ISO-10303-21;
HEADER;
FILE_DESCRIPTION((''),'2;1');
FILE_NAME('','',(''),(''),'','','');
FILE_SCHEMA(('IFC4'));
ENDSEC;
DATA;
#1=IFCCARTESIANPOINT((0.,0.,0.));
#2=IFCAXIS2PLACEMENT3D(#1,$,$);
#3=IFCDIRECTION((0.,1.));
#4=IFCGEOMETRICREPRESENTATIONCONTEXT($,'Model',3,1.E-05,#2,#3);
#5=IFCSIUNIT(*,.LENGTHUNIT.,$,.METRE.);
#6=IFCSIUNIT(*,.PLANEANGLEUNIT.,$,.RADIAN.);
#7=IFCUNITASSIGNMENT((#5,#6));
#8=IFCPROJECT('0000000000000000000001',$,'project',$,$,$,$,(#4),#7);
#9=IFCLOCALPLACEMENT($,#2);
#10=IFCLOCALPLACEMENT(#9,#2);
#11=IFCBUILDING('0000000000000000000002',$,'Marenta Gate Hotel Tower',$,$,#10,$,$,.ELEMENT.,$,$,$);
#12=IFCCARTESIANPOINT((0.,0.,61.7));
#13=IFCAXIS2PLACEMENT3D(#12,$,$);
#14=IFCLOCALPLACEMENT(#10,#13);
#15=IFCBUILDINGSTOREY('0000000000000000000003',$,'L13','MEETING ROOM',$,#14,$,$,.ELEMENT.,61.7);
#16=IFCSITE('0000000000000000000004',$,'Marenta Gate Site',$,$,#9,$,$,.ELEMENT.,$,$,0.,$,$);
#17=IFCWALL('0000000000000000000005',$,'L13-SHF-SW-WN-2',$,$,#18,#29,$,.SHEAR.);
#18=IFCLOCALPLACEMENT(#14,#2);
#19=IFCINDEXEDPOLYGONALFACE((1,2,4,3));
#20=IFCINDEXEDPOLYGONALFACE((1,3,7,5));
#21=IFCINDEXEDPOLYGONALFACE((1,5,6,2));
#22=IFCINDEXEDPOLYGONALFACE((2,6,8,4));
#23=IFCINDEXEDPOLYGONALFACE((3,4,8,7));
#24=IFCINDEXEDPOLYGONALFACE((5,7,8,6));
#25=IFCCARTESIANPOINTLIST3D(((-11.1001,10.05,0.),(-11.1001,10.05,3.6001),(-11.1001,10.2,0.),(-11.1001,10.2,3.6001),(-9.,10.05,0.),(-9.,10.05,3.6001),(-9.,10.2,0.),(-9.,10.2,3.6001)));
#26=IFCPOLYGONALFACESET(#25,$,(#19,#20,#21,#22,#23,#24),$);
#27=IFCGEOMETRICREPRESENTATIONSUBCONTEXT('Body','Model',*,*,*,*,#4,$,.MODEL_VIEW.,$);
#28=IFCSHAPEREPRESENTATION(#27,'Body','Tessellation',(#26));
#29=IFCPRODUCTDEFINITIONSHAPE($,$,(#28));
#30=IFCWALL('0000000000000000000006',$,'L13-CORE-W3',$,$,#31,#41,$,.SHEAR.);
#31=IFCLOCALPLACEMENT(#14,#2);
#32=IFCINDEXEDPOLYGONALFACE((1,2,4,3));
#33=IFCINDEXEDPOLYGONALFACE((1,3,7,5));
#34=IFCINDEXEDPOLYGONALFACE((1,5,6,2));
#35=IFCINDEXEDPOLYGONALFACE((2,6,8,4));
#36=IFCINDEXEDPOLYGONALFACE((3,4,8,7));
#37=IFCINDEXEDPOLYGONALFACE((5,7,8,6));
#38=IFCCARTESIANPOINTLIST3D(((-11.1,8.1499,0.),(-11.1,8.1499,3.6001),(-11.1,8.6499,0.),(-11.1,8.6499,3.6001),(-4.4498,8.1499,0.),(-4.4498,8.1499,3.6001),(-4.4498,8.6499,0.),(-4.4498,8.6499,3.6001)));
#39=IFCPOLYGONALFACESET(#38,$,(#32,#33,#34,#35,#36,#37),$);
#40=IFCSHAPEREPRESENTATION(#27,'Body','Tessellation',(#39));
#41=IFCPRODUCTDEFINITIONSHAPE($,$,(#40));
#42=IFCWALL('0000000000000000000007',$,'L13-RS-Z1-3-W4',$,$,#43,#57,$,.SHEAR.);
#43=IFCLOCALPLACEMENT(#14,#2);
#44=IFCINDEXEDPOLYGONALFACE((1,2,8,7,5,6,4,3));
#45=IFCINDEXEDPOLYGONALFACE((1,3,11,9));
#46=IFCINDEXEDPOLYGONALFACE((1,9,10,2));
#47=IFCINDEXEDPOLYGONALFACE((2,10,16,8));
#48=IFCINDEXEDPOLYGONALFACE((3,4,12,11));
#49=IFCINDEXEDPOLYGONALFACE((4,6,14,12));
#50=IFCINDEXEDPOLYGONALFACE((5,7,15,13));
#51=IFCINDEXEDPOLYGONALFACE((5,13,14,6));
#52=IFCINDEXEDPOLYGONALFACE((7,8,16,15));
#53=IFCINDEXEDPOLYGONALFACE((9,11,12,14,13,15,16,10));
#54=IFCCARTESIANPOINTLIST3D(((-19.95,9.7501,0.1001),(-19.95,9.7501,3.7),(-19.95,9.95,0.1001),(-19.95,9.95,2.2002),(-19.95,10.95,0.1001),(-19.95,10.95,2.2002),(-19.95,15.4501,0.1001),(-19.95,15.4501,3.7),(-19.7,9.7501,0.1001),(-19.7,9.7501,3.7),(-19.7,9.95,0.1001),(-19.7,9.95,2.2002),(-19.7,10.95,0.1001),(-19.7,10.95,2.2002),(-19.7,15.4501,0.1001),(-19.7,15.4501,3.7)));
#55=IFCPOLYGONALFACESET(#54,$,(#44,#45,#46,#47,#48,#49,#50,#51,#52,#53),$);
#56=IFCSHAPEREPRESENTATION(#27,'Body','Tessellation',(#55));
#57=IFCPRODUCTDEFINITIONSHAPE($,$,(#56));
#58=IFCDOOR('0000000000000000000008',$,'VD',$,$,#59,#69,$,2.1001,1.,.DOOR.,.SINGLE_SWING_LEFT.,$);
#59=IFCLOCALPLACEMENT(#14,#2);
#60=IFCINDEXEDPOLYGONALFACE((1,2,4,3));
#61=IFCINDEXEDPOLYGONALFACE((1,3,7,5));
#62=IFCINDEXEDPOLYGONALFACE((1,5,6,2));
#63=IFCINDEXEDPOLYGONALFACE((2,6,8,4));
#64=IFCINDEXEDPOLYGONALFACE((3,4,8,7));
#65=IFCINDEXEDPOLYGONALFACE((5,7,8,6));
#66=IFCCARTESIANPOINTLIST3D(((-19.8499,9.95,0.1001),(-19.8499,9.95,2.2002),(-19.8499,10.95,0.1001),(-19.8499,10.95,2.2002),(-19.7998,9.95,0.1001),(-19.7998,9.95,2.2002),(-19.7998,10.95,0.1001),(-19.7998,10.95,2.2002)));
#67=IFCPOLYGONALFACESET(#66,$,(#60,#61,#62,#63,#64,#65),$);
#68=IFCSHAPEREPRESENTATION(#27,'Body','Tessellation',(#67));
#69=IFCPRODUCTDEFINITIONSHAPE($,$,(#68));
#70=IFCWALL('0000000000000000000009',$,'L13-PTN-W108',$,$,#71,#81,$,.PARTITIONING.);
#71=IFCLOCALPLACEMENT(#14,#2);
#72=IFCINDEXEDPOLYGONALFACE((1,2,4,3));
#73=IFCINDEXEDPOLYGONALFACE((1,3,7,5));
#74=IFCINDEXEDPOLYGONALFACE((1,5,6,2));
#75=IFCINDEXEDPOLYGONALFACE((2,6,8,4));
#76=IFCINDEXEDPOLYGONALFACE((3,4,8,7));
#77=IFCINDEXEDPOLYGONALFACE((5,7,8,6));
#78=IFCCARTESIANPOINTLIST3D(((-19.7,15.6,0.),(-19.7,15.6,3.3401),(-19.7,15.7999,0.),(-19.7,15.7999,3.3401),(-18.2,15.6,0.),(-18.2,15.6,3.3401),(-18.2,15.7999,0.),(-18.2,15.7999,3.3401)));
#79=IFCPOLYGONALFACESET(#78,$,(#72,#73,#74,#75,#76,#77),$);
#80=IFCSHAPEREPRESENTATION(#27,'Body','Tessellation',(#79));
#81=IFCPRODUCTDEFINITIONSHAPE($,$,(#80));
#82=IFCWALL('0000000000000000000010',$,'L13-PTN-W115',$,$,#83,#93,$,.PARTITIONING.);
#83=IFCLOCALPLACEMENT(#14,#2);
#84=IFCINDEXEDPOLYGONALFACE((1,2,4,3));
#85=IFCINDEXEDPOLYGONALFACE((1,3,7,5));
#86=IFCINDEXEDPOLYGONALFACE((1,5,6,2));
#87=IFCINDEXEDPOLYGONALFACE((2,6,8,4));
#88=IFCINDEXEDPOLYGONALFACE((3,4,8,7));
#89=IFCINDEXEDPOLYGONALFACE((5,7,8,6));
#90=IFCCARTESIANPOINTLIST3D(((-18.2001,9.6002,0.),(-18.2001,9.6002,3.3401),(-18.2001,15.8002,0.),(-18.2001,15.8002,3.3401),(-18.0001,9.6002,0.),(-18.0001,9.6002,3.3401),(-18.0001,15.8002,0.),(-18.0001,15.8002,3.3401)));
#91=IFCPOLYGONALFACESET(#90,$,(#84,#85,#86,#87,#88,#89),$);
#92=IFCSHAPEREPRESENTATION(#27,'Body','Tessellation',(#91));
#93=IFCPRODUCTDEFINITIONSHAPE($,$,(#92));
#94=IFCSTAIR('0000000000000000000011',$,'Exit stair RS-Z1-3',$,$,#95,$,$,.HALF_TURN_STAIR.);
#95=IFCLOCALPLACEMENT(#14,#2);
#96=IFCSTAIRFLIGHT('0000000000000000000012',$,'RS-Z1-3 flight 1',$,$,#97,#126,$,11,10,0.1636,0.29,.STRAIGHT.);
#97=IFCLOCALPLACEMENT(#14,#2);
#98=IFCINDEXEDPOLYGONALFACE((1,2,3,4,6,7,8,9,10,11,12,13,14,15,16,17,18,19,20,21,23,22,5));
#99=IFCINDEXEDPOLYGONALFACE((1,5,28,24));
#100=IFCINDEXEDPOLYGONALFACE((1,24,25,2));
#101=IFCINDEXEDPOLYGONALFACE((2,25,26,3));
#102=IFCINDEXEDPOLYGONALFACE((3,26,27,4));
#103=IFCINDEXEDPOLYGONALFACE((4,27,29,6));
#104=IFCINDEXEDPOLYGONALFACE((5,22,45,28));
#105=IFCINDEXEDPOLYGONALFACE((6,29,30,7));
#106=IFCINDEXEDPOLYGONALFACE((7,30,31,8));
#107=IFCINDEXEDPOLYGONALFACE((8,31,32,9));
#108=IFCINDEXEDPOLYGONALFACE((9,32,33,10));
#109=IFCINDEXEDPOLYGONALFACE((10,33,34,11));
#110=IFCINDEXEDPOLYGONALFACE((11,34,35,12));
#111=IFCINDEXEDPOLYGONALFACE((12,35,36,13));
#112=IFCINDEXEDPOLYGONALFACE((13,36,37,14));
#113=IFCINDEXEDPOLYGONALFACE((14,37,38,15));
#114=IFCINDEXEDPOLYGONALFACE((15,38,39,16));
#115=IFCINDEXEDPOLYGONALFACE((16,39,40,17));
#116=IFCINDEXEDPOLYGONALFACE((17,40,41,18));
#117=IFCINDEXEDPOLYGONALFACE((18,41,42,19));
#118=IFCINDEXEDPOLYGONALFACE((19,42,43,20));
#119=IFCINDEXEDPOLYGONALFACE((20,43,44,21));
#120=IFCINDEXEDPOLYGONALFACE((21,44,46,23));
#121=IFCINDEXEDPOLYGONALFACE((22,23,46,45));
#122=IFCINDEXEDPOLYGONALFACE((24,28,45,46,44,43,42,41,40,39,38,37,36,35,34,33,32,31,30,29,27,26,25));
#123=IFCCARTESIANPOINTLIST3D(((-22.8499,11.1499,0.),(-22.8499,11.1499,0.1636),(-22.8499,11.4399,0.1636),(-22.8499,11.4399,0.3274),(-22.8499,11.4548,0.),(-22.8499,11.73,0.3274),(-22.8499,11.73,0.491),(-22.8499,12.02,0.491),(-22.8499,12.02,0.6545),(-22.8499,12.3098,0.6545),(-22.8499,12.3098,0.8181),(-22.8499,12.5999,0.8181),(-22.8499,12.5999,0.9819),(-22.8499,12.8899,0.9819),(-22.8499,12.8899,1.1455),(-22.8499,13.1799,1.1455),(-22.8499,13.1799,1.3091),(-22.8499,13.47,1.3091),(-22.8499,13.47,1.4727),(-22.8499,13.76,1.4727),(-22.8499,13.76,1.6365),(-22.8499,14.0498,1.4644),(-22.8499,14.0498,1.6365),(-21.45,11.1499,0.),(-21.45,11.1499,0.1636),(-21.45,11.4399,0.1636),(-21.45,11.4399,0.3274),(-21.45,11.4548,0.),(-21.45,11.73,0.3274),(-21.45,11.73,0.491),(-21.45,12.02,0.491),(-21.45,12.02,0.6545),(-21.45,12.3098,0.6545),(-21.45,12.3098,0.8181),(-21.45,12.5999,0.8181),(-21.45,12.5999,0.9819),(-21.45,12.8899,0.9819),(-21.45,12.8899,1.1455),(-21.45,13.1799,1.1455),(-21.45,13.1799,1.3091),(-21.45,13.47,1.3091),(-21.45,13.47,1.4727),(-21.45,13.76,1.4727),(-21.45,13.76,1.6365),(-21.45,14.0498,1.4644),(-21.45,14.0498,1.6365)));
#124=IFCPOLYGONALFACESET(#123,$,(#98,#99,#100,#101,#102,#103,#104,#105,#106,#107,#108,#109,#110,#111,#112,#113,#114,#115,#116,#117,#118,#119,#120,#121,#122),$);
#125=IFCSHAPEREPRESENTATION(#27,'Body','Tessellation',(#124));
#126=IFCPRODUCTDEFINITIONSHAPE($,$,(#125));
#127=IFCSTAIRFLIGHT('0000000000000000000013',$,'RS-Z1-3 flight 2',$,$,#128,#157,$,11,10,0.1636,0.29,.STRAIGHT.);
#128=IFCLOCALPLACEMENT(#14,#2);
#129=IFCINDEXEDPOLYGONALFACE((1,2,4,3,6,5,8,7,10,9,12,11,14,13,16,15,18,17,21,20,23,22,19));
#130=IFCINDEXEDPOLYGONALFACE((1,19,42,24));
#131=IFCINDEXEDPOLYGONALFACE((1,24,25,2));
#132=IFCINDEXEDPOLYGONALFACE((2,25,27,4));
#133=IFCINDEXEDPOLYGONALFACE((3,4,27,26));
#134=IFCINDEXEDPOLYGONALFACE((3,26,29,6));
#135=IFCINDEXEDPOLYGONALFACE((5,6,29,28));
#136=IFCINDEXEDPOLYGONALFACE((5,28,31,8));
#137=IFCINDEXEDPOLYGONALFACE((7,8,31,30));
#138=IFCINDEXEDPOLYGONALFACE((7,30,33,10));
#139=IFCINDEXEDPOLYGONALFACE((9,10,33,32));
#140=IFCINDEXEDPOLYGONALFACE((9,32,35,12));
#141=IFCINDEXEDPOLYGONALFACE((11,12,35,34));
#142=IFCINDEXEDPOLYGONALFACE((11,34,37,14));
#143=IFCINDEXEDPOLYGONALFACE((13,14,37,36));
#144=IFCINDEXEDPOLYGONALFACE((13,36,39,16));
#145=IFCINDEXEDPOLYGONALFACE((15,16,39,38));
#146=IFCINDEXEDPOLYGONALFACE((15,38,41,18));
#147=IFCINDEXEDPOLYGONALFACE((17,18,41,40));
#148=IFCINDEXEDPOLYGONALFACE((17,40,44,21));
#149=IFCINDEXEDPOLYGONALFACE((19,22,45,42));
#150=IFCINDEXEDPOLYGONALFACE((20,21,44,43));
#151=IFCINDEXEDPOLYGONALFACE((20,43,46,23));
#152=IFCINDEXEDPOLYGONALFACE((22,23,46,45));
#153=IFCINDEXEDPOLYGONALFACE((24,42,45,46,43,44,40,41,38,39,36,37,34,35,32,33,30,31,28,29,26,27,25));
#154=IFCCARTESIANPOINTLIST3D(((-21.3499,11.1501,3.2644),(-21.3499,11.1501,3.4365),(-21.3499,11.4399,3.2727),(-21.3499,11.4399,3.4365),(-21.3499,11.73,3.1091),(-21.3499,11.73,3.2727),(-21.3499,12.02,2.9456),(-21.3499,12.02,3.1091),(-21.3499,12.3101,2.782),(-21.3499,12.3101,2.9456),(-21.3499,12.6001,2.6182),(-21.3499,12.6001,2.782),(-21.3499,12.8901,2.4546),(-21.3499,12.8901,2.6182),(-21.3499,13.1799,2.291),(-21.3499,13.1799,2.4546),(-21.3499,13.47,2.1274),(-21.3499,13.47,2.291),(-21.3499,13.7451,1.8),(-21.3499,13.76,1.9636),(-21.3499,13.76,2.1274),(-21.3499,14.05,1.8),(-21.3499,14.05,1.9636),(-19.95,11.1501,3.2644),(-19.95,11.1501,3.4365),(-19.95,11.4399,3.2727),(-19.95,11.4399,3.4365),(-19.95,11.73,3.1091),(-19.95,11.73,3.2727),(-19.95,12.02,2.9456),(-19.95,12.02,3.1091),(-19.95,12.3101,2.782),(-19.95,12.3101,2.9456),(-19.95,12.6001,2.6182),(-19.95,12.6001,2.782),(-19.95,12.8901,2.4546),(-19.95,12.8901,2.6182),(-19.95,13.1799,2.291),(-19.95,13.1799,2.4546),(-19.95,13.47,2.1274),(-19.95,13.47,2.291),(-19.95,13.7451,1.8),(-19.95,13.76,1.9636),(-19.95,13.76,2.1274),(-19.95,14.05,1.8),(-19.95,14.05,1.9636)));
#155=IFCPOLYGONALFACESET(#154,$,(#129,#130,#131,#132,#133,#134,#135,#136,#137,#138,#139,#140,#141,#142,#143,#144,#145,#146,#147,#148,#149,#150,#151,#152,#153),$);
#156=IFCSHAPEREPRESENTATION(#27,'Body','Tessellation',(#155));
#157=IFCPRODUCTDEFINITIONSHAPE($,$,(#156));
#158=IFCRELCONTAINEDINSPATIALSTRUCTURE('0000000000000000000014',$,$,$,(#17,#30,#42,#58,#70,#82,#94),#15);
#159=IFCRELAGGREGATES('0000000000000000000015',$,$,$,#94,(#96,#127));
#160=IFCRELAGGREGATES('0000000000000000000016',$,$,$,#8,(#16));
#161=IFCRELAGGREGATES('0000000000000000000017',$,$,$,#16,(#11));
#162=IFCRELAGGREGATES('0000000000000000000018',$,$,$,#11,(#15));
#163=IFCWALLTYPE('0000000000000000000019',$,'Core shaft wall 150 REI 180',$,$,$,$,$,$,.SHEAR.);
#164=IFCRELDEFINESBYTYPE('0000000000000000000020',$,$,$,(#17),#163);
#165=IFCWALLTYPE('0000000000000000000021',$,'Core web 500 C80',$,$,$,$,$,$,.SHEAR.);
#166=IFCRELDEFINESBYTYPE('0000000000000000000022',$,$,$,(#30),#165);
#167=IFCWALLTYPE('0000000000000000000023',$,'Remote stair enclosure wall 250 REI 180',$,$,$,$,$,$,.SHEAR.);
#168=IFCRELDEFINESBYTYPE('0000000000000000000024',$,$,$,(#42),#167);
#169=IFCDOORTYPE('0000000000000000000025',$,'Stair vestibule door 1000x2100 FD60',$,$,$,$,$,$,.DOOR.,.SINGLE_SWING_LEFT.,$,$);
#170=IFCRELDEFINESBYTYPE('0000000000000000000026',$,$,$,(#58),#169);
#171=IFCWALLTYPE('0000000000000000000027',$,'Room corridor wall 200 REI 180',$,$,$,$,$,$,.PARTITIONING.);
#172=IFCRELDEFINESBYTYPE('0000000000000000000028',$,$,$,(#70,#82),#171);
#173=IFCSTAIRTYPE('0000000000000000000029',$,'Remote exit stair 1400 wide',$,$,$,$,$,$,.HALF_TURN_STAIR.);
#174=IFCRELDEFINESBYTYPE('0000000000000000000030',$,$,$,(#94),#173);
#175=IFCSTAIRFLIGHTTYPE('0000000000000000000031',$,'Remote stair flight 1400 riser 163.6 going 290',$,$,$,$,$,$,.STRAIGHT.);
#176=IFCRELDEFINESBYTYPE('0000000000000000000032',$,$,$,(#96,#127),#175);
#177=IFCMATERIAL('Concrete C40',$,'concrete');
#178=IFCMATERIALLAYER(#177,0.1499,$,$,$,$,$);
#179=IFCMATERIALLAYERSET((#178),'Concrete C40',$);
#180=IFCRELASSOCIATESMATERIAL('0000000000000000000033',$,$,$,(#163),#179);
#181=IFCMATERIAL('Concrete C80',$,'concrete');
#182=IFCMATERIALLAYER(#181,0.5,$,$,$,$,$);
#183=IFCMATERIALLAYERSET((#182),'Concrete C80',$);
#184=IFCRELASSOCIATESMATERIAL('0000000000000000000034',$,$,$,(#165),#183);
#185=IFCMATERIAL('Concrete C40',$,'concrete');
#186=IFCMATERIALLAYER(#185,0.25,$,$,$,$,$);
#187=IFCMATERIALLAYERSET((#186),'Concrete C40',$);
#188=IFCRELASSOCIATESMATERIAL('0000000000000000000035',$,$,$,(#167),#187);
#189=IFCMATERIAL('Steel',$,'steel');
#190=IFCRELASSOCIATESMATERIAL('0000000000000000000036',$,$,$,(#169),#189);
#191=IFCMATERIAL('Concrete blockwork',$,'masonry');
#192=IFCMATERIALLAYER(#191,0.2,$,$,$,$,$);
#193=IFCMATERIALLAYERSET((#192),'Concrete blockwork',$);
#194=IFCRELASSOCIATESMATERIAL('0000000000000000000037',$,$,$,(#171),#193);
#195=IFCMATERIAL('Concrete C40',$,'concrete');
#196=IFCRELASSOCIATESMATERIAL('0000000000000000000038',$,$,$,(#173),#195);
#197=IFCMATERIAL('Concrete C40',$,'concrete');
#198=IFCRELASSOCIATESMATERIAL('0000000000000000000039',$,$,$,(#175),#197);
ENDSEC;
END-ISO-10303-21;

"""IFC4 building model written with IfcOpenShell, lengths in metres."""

from ifc_helpers import new_model, si_unit, direction, frame, frame_2d, origin, place, context, subcontext, project, spatial, polyline, rectangle, outline, extrude, material, layer, layer_set, type_object, element, fill, aggregate, save


model = new_model("IFC4")

# Units and contexts
model_context = context("Model", 3, precision=1e-05, world=origin(), true_north=direction((0.0, 1.0)))
body_context = subcontext(model_context, "Body", "Model", "MODEL_VIEW")
ifc_project = project(units=[si_unit("LENGTHUNIT", "METRE"), si_unit("PLANEANGLEUNIT", "RADIAN")], contexts=[model_context])

# Site, building, storey
site_placement = place(None, origin())
site = spatial("IfcSite", under=ifc_project, at=site_placement, Name="Marenta Gate Site", CompositionType="ELEMENT", RefElevation=0.0)
building_placement = place(site_placement, origin())
building = spatial("IfcBuilding", under=site, at=building_placement, Name="Marenta Gate Hotel Tower", CompositionType="ELEMENT")
storey_placement = place(building_placement, frame((0.0, 0.0, 61.7)))
storey = spatial("IfcBuildingStorey", under=building, at=storey_placement, Name="L13", Description="MEETING ROOM", CompositionType="ELEMENT", Elevation=61.7)

# Walls
ifc_material_1 = material(Name="Concrete C40", Category="concrete")
ifc_layer_1 = layer(ifc_material_1, 0.1499)
ifc_layer_set_1 = layer_set([ifc_layer_1], Name="Concrete C40")
wall_type_1 = type_object("IfcWallType", Name="Core shaft wall 150 REI 180", PredefinedType="SHEAR", material=ifc_layer_set_1)
for number, where, z_axis, x_axis, name in (
    (1, (-11.1001, 10.125, 0.0), (0.0, 0.0, 1.0), (1.0, 0.0, 0.0), "L13-SHF-SW-WN-2"),
):
    element("IfcWall", number, at=place(storey_placement, frame(where, z_axis=z_axis, x_axis=x_axis)), inside=storey, type_object=wall_type_1, Name=name, PredefinedType="SHEAR", context=body_context, shape_type="SweptSolid", body=[
        extrude(rectangle(XDim=2.1001, YDim=0.1499, at=frame_2d((1.05, 0.0))), origin(), (0.0, 0.0, 1.0), 3.6001),
    ])
ifc_material_2 = material(Name="Concrete C80", Category="concrete")
ifc_layer_2 = layer(ifc_material_2, 0.5)
ifc_layer_set_2 = layer_set([ifc_layer_2], Name="Concrete C80")
wall_type_2 = type_object("IfcWallType", Name="Core web 500 C80", PredefinedType="SHEAR", material=ifc_layer_set_2)
wall_1_placement = place(storey_placement, frame((-11.1001, 8.3999, 0.0), z_axis=(0.0, 0.0, 1.0), x_axis=(1.0, 0.0, 0.0)))
element("IfcWall", 2, at=wall_1_placement, inside=storey, type_object=wall_type_2, Name="L13-CORE-W3", PredefinedType="SHEAR", context=body_context, shape_type="SweptSolid", body=[
    extrude(rectangle(XDim=6.6501, YDim=0.5, at=frame_2d((3.3252, 0.0))), origin(), (0.0, 0.0, 1.0), 3.6001),
])

# Wall, opening, door
ifc_material_3 = material(Name="Concrete C40", Category="concrete")
ifc_layer_3 = layer(ifc_material_3, 0.25)
ifc_layer_set_3 = layer_set([ifc_layer_3], Name="Concrete C40")
wall_type_3 = type_object("IfcWallType", Name="Remote stair enclosure wall 250 REI 180", PredefinedType="SHEAR", material=ifc_layer_set_3)
wall_2_placement = place(storey_placement, frame((-19.825, 9.75, 0.1001), z_axis=(0.0, 0.0, 1.0), x_axis=(0.0, 1.0, 0.0)))
wall_2 = element("IfcWall", 3, at=wall_2_placement, inside=storey, type_object=wall_type_3, Name="L13-RS-Z1-3-W4", PredefinedType="SHEAR", context=body_context, shape_type="SweptSolid", body=[
    extrude(rectangle(XDim=5.7, YDim=0.25, at=frame_2d((2.8501, 0.0))), origin(), (0.0, 0.0, 1.0), 3.5999),
])
opening_1_placement = place(wall_2_placement, frame((0.2, 0.0, 0.0)))
opening_1 = element("IfcOpeningElement", 4, at=opening_1_placement, cuts=wall_2, PredefinedType="OPENING", context=body_context, shape_type="SweptSolid", body=[
    extrude(rectangle(XDim=1.0, YDim=2.1001, at=frame_2d((0.5, 1.05))), frame((0.0, 0.125, 0.0), z_axis=(0.0, -1.0, 0.0), x_axis=(1.0, 0.0, 0.0)), (0.0, 0.0, 1.0), 0.25),
])
ifc_material_4 = material(Name="Steel", Category="steel")
door_type_1 = type_object("IfcDoorType", Name="Stair vestibule door 1000x2100 FD60", OperationType="SINGLE_SWING_LEFT", PredefinedType="DOOR", material=ifc_material_4)
door_1_placement = place(opening_1_placement, origin())
door_1 = element("IfcDoor", 5, at=door_1_placement, inside=storey, type_object=door_type_1, Name="VD", OperationType="SINGLE_SWING_LEFT", OverallHeight=2.1001, OverallWidth=1.0, PredefinedType="DOOR", context=body_context, shape_type="SweptSolid", body=[
    extrude(rectangle(XDim=1.0, YDim=2.1001, at=frame_2d((0.5, 1.05))), frame((0.0, 0.0249, 0.0), z_axis=(0.0, -1.0, 0.0), x_axis=(1.0, 0.0, 0.0)), (0.0, 0.0, 1.0), 0.05),
])
fill(opening_1, door_1)

# Shared definitions
ifc_material_5 = material(Name="Concrete blockwork", Category="masonry")
ifc_layer_4 = layer(ifc_material_5, 0.2)
ifc_layer_set_4 = layer_set([ifc_layer_4], Name="Concrete blockwork")
wall_type_4 = type_object("IfcWallType", Name="Room corridor wall 200 REI 180", PredefinedType="PARTITIONING", material=ifc_layer_set_4)

# Walls
wall_3_placement = place(storey_placement, frame((-19.7, 15.7, 0.0), z_axis=(0.0, 0.0, 1.0), x_axis=(1.0, 0.0, 0.0)))
element("IfcWall", 6, at=wall_3_placement, inside=storey, type_object=wall_type_4, Name="L13-PTN-W108", PredefinedType="PARTITIONING", context=body_context, shape_type="SweptSolid", body=[
    extrude(rectangle(XDim=1.5, YDim=0.2, at=frame_2d((0.75, 0.0))), origin(), (0.0, 0.0, 1.0), 3.3401),
])
wall_4_placement = place(storey_placement, frame((-18.1001, 9.6001, 0.0), z_axis=(0.0, 0.0, 1.0), x_axis=(0.0, 1.0, 0.0)))
element("IfcWall", 7, at=wall_4_placement, inside=storey, type_object=wall_type_4, Name="L13-PTN-W115", PredefinedType="PARTITIONING", context=body_context, shape_type="SweptSolid", body=[
    extrude(rectangle(XDim=6.2, YDim=0.2, at=frame_2d((3.1001, 0.0))), origin(), (0.0, 0.0, 1.0), 3.3401),
])

# Stair, stair flights
ifc_material_6 = material(Name="Concrete C40", Category="concrete")
stair_type = type_object("IfcStairType", Name="Remote exit stair 1400 wide", PredefinedType="HALF_TURN_STAIR", material=ifc_material_6)
stair_placement = place(storey_placement, origin())
stair = element("IfcStair", 8, at=stair_placement, inside=storey, type_object=stair_type, Name="Exit stair RS-Z1-3", PredefinedType="HALF_TURN_STAIR")
ifc_material_7 = material(Name="Concrete C40", Category="concrete")
stair_flight_type = type_object("IfcStairFlightType", Name="Remote stair flight 1400 riser 163.6 going 290", PredefinedType="STRAIGHT", material=ifc_material_7)
stair_flight_1_placement = place(storey_placement, frame((-22.1499, 11.1499, 0.0), z_axis=(0.0, 0.0, 1.0), x_axis=(0.0, 1.0, 0.0)))
stair_flight_1 = element("IfcStairFlight", 9, at=stair_flight_1_placement, type_object=stair_flight_type, Name="RS-Z1-3 flight 1", NumberOfRisers=11, NumberOfTreads=10, PredefinedType="STRAIGHT", RiserHeight=0.1636, TreadLength=0.29, context=body_context, shape_type="SweptSolid", body=[
    extrude(outline(polyline([(0.0, 0.0), (0.0, 0.1636), (0.29, 0.1636), (0.29, 0.3274), (0.5801, 0.3274), (0.5801, 0.491), (0.8701, 0.491), (0.8701, 0.6545), (1.1599, 0.6545), (1.1599, 0.8181), (1.45, 0.8181), (1.45, 0.9819), (1.74, 0.9819), (1.74, 1.1455), (2.03, 1.1455), (2.03, 1.3091), (2.3201, 1.3091), (2.3201, 1.4727), (2.6101, 1.4727), (2.6101, 1.6365), (2.8999, 1.6365), (2.8999, 1.8), (2.8999, 1.4644), (0.3049, 0.0), (0.0, 0.0)])), frame((0.0, 0.7, 0.0), z_axis=(0.0, -1.0, 0.0), x_axis=(1.0, 0.0, 0.0)), (0.0, 0.0, 1.0), 1.3999),
])
stair_flight_2_placement = place(storey_placement, frame((-20.6499, 14.05, 1.8), z_axis=(0.0, 0.0, 1.0), x_axis=(0.0, -1.0, 0.0)))
stair_flight_2 = element("IfcStairFlight", 10, at=stair_flight_2_placement, type_object=stair_flight_type, Name="RS-Z1-3 flight 2", NumberOfRisers=11, NumberOfTreads=10, PredefinedType="STRAIGHT", RiserHeight=0.1636, TreadLength=0.29, context=body_context, shape_type="SweptSolid", body=[
    extrude(outline(polyline([(0.0, 0.0), (0.0, 0.1636), (0.29, 0.1636), (0.29, 0.3274), (0.5801, 0.3274), (0.5801, 0.491), (0.8701, 0.491), (0.8701, 0.6545), (1.1599, 0.6545), (1.1599, 0.8181), (1.45, 0.8181), (1.45, 0.9819), (1.74, 0.9819), (1.74, 1.1455), (2.03, 1.1455), (2.03, 1.3091), (2.3201, 1.3091), (2.3201, 1.4727), (2.6101, 1.4727), (2.6101, 1.6365), (2.8999, 1.6365), (2.8999, 1.8), (2.8999, 1.4644), (0.3049, 0.0), (0.0, 0.0)])), frame((0.0, 0.7, 0.0), z_axis=(0.0, -1.0, 0.0), x_axis=(1.0, 0.0, 0.0)), (0.0, 0.0, 1.0), 1.3999),
])
aggregate(stair, [stair_flight_1, stair_flight_2])

save(model, "model.ifc")
